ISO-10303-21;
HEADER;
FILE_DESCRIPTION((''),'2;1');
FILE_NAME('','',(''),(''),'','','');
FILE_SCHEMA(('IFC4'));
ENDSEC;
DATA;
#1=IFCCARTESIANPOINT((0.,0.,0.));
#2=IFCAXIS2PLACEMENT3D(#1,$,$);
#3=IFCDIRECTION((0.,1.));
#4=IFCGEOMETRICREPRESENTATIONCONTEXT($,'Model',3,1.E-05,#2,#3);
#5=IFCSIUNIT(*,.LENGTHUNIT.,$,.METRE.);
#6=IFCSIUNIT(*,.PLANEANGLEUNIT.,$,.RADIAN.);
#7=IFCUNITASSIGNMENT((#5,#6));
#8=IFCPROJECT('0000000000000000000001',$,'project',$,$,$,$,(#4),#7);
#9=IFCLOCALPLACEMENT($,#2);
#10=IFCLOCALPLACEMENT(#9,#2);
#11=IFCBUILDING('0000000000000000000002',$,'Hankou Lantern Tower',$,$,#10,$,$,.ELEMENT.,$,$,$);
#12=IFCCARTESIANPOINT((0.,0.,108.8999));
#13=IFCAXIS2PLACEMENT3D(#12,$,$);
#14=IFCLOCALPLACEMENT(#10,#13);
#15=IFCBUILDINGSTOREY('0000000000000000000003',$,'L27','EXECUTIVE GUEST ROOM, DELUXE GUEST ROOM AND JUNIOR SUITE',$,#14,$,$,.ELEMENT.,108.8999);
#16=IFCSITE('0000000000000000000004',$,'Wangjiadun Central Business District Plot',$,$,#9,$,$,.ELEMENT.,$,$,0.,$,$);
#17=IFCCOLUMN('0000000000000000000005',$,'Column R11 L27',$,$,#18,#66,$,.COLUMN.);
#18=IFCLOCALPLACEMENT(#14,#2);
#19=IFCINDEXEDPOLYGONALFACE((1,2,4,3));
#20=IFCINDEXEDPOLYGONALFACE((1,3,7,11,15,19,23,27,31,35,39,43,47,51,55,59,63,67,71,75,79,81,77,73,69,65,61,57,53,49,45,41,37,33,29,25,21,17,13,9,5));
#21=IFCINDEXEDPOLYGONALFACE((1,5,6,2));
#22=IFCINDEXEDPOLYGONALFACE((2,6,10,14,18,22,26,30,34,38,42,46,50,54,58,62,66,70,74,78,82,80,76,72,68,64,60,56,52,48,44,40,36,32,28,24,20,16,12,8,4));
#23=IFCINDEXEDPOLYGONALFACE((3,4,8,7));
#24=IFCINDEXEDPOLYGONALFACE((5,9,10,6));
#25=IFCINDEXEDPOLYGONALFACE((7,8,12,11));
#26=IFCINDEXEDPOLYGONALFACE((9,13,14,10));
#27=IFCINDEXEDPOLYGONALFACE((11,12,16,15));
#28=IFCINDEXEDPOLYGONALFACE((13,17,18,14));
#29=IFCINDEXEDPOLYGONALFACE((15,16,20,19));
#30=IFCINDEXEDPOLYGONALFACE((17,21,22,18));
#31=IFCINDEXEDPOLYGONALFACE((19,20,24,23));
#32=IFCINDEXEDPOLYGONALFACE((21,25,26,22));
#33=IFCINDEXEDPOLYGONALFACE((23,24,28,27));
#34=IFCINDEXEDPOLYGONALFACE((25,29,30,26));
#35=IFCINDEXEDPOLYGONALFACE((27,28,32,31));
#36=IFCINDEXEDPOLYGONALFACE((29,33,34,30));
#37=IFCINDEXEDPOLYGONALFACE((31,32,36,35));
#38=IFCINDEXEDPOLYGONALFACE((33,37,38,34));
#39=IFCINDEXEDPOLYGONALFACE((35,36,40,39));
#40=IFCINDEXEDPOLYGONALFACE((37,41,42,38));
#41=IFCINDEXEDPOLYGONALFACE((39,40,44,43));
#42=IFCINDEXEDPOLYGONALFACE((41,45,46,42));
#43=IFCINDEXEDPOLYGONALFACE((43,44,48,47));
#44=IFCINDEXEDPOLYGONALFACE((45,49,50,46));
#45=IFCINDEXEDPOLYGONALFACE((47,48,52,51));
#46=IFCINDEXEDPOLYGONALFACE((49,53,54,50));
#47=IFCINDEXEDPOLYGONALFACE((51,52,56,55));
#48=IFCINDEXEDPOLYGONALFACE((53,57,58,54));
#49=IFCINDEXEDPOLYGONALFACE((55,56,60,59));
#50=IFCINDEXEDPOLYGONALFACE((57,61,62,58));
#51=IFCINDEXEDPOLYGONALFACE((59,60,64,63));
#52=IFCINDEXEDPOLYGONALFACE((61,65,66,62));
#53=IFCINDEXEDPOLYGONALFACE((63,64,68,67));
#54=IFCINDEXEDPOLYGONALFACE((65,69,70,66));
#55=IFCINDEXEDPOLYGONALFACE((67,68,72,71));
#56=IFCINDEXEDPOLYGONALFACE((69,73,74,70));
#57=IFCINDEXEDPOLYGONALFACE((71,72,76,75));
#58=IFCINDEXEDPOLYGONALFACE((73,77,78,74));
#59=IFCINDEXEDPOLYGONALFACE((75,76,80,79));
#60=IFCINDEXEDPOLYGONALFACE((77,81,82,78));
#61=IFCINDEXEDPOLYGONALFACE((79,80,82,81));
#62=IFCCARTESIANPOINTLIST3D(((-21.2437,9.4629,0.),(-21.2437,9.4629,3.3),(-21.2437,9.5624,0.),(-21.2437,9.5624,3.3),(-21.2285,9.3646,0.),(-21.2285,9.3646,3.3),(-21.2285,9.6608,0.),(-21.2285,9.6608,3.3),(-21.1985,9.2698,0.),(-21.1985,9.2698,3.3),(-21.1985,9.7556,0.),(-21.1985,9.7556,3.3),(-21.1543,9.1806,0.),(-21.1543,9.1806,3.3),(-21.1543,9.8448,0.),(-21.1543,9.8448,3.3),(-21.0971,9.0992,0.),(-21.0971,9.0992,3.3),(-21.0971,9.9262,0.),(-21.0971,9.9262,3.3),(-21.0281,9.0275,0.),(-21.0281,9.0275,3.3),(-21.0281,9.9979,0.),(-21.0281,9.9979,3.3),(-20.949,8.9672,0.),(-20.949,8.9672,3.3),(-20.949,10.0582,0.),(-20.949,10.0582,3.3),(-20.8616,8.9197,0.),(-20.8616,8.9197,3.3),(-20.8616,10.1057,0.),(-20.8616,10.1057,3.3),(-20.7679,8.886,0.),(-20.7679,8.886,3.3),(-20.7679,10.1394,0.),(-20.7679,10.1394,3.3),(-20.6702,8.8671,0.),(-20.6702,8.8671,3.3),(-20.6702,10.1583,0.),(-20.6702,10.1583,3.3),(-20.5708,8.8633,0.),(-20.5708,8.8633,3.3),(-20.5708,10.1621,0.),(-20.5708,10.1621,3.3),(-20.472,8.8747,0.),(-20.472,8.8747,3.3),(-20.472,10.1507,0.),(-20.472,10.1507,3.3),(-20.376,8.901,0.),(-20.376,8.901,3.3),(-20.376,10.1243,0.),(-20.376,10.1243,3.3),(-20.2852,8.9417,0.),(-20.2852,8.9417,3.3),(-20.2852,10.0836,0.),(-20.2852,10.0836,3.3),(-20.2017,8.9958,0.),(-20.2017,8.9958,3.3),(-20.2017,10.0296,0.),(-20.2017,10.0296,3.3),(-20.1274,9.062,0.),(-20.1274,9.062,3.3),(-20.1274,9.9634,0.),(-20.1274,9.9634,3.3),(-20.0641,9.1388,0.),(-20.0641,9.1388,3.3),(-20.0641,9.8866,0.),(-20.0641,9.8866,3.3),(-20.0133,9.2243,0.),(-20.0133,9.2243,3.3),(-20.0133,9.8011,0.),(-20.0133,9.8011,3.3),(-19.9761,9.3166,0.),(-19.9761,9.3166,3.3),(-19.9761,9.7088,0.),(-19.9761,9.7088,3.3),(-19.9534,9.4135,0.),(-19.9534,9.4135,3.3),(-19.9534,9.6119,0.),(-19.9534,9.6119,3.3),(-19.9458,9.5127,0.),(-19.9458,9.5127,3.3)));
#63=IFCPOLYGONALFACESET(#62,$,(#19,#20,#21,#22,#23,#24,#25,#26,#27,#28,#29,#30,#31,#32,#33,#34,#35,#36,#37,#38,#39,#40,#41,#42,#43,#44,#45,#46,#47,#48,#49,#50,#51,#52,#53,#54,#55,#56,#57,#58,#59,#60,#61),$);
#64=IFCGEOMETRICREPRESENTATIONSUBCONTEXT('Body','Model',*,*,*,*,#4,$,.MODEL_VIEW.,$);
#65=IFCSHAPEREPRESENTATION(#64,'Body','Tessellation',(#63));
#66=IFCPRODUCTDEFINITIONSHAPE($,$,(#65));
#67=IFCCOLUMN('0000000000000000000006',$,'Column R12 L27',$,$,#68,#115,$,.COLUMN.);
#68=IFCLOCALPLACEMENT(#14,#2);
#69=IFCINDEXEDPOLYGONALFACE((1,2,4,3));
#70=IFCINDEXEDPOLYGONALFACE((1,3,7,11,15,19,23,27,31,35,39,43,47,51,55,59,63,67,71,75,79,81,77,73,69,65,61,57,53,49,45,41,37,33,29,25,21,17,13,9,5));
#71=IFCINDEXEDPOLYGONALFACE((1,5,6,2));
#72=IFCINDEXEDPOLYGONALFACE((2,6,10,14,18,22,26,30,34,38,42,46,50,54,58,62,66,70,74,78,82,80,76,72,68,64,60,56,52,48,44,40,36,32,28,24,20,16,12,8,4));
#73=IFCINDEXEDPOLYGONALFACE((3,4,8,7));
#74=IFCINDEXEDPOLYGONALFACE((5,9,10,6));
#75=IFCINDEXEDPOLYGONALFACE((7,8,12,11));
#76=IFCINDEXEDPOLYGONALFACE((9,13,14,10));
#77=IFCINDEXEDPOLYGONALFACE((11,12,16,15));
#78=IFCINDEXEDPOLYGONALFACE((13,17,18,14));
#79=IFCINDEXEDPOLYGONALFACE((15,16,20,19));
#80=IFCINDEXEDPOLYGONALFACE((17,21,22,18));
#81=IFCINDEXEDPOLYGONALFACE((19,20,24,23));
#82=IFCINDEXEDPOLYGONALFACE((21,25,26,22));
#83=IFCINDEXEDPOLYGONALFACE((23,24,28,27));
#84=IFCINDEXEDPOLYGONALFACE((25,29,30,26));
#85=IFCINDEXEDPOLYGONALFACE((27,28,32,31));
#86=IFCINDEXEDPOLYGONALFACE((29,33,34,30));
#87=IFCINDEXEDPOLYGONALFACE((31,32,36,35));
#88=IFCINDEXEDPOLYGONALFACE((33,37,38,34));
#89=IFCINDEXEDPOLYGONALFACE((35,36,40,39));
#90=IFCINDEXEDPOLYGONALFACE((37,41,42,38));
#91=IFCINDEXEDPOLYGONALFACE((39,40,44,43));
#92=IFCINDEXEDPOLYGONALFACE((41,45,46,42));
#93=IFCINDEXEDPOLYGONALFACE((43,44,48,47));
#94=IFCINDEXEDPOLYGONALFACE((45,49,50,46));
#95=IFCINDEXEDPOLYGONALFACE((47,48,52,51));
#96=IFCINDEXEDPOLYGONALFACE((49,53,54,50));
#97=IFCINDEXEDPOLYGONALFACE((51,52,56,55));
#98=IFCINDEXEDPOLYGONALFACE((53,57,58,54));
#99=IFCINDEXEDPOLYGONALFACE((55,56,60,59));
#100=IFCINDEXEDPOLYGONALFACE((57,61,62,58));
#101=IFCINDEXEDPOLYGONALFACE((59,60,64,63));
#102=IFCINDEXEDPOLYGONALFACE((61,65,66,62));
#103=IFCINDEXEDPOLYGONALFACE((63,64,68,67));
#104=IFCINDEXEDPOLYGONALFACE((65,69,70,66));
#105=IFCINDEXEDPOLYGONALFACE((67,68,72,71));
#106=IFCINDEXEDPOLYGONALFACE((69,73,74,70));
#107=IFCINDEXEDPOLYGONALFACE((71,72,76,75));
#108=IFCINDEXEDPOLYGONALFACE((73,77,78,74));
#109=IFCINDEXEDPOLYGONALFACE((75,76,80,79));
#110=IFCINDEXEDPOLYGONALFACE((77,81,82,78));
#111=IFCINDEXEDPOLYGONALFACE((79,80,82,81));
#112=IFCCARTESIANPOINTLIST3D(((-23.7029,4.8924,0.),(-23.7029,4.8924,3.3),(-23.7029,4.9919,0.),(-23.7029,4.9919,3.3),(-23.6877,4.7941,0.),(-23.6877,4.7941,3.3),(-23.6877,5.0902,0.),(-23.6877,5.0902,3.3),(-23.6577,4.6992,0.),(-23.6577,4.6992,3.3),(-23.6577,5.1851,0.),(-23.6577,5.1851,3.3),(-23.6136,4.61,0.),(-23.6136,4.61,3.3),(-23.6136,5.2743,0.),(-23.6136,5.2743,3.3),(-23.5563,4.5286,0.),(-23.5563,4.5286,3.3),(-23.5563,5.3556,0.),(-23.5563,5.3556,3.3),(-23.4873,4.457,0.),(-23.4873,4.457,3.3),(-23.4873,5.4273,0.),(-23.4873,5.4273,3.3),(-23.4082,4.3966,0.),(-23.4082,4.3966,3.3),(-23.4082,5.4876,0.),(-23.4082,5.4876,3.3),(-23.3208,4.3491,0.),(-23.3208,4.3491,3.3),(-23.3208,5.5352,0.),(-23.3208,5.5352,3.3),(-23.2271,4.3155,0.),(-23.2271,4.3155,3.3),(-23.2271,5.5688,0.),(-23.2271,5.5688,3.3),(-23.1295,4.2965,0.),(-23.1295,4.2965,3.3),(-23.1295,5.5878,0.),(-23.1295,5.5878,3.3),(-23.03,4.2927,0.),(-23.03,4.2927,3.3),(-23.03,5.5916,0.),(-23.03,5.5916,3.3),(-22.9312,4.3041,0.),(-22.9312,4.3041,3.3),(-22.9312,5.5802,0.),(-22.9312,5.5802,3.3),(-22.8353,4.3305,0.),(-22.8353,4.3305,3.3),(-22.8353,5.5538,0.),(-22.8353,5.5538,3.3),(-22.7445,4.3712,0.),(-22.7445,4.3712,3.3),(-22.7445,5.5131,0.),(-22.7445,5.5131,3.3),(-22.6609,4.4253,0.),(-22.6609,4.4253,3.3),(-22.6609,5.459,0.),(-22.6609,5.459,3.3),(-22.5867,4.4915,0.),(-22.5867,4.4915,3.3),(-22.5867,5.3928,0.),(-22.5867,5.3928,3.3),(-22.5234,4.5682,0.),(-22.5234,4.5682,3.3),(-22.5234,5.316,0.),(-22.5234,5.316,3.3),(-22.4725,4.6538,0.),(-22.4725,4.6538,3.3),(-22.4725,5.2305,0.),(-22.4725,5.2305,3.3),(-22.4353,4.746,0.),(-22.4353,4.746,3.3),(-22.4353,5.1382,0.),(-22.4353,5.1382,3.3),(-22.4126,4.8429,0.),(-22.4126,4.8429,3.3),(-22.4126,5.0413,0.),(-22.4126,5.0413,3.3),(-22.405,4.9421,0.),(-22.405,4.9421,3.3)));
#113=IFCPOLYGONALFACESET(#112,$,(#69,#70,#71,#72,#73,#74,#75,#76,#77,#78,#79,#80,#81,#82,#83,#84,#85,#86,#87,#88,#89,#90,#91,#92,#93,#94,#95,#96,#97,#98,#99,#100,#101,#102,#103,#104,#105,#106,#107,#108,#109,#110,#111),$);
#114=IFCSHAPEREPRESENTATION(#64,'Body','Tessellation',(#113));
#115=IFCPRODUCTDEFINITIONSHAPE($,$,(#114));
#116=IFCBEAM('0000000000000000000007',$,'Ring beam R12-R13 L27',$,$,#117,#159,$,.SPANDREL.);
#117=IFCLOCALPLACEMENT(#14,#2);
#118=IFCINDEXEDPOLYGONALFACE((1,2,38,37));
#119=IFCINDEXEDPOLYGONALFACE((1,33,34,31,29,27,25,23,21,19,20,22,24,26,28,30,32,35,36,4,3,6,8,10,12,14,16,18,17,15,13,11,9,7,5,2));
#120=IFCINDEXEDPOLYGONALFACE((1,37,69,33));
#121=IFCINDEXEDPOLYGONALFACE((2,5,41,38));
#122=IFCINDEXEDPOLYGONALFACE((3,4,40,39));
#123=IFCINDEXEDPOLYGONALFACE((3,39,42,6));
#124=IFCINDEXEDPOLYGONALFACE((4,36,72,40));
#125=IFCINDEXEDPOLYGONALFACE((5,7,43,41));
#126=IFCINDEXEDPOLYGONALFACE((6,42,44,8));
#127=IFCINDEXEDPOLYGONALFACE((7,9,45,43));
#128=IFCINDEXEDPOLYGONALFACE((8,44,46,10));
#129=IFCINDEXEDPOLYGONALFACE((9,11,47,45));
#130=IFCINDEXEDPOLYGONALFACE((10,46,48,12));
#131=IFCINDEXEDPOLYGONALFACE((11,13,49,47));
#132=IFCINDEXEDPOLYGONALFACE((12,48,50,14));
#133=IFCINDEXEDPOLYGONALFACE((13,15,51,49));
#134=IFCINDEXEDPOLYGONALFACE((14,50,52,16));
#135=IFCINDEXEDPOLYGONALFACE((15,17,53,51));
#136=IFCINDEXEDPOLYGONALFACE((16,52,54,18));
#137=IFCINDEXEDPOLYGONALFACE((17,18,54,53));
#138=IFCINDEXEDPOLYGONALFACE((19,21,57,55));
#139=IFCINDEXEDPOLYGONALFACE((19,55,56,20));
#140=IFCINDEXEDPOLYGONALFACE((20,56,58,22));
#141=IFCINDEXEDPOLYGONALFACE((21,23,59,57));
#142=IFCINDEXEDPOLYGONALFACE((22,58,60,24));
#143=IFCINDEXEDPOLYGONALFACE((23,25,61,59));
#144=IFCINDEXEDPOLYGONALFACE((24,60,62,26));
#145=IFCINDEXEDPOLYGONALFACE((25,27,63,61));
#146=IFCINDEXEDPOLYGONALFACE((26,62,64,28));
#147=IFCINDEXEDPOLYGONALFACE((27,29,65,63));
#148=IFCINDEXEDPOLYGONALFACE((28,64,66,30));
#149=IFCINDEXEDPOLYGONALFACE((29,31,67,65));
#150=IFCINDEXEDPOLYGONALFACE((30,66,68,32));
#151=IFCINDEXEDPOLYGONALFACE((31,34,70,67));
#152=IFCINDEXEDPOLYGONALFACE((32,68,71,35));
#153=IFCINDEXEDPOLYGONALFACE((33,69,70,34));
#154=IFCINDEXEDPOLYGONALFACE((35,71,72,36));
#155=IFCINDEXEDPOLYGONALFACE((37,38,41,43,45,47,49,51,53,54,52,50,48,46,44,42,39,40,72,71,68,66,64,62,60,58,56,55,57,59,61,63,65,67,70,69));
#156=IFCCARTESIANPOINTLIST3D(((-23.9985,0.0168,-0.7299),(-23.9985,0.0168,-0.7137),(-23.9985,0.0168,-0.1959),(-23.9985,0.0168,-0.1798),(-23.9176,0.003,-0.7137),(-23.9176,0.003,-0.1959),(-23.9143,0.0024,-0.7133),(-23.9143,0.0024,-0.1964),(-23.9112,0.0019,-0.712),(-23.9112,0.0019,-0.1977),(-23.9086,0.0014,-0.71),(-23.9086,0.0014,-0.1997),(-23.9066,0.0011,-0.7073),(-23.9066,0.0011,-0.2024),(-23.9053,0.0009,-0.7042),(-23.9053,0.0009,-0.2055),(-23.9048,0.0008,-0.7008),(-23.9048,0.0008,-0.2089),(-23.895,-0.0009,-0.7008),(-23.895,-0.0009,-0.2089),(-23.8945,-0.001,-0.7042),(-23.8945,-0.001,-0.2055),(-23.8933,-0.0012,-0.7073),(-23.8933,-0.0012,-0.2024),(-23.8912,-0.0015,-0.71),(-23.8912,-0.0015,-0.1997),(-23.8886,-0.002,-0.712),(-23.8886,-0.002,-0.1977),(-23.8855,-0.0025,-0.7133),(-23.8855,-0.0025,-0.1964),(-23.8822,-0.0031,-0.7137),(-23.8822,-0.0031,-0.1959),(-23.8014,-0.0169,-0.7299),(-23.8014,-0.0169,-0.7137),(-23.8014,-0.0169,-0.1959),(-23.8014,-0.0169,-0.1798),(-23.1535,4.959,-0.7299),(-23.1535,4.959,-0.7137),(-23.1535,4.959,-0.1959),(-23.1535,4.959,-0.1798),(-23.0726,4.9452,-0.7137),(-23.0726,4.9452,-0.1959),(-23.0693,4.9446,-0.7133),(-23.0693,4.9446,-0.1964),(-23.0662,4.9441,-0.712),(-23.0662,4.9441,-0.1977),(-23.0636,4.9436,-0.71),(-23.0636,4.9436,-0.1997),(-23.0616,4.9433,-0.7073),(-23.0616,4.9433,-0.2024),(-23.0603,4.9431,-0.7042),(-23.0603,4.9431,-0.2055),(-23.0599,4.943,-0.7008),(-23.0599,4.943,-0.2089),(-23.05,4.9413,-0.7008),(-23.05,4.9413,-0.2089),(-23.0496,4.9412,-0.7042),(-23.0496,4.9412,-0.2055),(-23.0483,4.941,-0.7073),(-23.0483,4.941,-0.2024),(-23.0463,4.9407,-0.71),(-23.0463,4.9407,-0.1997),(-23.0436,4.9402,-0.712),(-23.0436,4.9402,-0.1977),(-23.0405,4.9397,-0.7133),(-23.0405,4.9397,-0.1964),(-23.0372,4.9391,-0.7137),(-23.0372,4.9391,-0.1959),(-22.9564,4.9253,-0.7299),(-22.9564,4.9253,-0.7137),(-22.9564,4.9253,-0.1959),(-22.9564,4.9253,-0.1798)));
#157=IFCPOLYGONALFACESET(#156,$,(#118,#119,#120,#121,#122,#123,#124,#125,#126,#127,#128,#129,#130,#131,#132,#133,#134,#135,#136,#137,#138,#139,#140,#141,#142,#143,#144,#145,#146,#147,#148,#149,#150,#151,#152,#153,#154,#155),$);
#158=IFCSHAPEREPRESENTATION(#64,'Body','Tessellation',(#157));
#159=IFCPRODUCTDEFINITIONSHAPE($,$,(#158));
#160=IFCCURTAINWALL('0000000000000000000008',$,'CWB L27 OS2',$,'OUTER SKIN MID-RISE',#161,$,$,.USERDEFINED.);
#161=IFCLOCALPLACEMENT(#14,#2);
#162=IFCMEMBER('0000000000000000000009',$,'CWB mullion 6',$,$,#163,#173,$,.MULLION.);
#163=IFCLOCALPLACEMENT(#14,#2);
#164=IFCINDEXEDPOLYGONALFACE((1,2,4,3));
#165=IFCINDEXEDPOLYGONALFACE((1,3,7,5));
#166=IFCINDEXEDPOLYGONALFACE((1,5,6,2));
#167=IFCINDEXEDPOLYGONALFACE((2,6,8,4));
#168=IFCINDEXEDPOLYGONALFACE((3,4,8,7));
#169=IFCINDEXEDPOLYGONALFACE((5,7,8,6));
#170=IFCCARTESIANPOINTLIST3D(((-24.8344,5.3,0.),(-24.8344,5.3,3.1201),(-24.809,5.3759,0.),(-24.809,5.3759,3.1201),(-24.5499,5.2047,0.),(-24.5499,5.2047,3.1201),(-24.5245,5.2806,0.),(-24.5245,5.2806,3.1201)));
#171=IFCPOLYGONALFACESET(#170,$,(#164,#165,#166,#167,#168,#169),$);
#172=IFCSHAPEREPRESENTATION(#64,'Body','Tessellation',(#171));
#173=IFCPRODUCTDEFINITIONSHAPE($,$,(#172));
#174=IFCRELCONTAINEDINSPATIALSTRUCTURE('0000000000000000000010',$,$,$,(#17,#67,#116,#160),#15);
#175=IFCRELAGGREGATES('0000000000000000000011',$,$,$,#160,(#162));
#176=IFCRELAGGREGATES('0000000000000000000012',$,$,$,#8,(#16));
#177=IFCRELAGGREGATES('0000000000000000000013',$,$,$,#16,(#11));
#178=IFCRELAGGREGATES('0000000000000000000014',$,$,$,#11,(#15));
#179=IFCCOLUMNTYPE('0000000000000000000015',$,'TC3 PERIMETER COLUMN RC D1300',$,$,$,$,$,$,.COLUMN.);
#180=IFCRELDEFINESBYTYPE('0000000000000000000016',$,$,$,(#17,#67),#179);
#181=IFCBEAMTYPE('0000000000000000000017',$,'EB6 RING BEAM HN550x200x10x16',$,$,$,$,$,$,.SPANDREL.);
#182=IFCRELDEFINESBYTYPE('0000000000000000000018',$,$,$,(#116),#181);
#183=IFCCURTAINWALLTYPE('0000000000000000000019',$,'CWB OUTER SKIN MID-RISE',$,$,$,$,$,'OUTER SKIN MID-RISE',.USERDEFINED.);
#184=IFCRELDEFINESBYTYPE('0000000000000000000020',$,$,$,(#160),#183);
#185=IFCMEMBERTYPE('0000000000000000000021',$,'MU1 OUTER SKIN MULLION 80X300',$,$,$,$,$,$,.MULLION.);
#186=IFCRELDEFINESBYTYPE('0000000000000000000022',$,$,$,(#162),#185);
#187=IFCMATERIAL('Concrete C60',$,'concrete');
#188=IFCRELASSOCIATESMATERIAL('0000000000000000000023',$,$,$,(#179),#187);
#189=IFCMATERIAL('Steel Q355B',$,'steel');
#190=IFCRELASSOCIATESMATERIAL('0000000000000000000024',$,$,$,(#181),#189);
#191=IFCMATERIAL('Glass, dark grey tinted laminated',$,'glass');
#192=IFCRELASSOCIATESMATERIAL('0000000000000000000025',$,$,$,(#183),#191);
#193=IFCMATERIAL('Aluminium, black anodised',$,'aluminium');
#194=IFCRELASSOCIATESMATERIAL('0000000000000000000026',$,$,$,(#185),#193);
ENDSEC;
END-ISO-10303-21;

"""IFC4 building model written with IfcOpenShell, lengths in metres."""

from ifc_helpers import new_model, si_unit, direction, frame, origin, origin_2d, place, context, subcontext, project, spatial, rectangle, circle, i_section, extrude, material, material_profile, profile_set, type_object, element, aggregate, save


model = new_model("IFC4")

# Units and contexts
model_context = context("Model", 3, precision=1e-05, world=origin(), true_north=direction((0.0, 1.0)))
body_context = subcontext(model_context, "Body", "Model", "MODEL_VIEW")
ifc_project = project(units=[si_unit("LENGTHUNIT", "METRE"), si_unit("PLANEANGLEUNIT", "RADIAN")], contexts=[model_context])

# Site, building, storey
site_placement = place(None, origin())
site = spatial("IfcSite", under=ifc_project, at=site_placement, Name="Wangjiadun Central Business District Plot", CompositionType="ELEMENT", RefElevation=0.0)
building_placement = place(site_placement, origin())
building = spatial("IfcBuilding", under=site, at=building_placement, Name="Hankou Lantern Tower", CompositionType="ELEMENT")
storey_placement = place(building_placement, frame((0.0, 0.0, 108.8999)))
storey = spatial("IfcBuildingStorey", under=building, at=storey_placement, Name="L27", Description="EXECUTIVE GUEST ROOM, DELUXE GUEST ROOM AND JUNIOR SUITE", CompositionType="ELEMENT", Elevation=108.8999)

# Columns
ifc_material_1 = material(Name="Concrete C60", Category="concrete")
ifc_material_profile_1 = material_profile(ifc_material_1, circle(Radius=0.6499, at=origin_2d()), Name="RC D1300")
ifc_profile_set_1 = profile_set([ifc_material_profile_1], Name="Concrete C60")
column_type = type_object("IfcColumnType", Name="TC3 PERIMETER COLUMN RC D1300", PredefinedType="COLUMN", material=ifc_profile_set_1)
for number, where, z_axis, x_axis, name in (
    (1, (-20.5957, 9.5127, 0.0), (0.0, 0.0, 1.0), (1.0, 0.0, 0.0), "Column R11 L27"),
    (2, (-23.0549, 4.9421, 0.0), (0.0, 0.0, 1.0), (1.0, 0.0, 0.0), "Column R12 L27"),
):
    element("IfcColumn", number, at=place(storey_placement, frame(where, z_axis=z_axis, x_axis=x_axis)), inside=storey, type_object=column_type, Name=name, PredefinedType="COLUMN", context=body_context, shape_type="SweptSolid", body=[
        extrude(circle(Radius=0.6499, at=origin_2d()), origin(), (0.0, 0.0, 1.0), 3.3),
    ])

# Beam
ifc_material_2 = material(Name="Steel Q355B", Category="steel")
ifc_material_profile_2 = material_profile(ifc_material_2, i_section(OverallWidth=0.2, OverallDepth=0.55, WebThickness=0.01, FlangeThickness=0.0161, FilletRadius=0.0129, at=origin_2d()), Name="HN550x200x10x16")
ifc_profile_set_2 = profile_set([ifc_material_profile_2], Name="Steel Q355B")
beam_type_1 = type_object("IfcBeamType", Name="EB6 RING BEAM HN550x200x10x16", PredefinedType="SPANDREL", material=ifc_profile_set_2)
beam_1_placement = place(storey_placement, frame((-23.0549, 4.9421, -0.4548), z_axis=(-0.168527, -0.985697, 0.0), x_axis=(0.985697, -0.168527, 0.0)))
element("IfcBeam", 3, at=beam_1_placement, inside=storey, type_object=beam_type_1, Name="Ring beam R12-R13 L27", PredefinedType="SPANDREL", context=body_context, shape_type="SweptSolid", body=[
    extrude(i_section(OverallWidth=0.2, OverallDepth=0.55, WebThickness=0.01, FlangeThickness=0.0161, FilletRadius=0.0129, at=origin_2d()), origin(), (0.0, 0.0, 1.0), 5.0139),
])

# Curtain wall, member
ifc_material_3 = material(Name="Glass, dark grey tinted laminated", Category="glass")
curtain_wall_type = type_object("IfcCurtainWallType", Name="CWB OUTER SKIN MID-RISE", ElementType="OUTER SKIN MID-RISE", PredefinedType="USERDEFINED", material=ifc_material_3)
curtain_wall_placement = place(storey_placement, origin())
curtain_wall = element("IfcCurtainWall", 4, at=curtain_wall_placement, inside=storey, type_object=curtain_wall_type, Name="CWB L27 OS2", ObjectType="OUTER SKIN MID-RISE", PredefinedType="USERDEFINED")
ifc_material_4 = material(Name="Aluminium, black anodised", Category="aluminium")
ifc_material_profile_3 = material_profile(ifc_material_4, rectangle(XDim=0.0801, YDim=0.3, at=origin_2d()), Name="MU1 80X300")
ifc_profile_set_3 = profile_set([ifc_material_profile_3], Name="Aluminium, black anodised")
member_type_1 = type_object("IfcMemberType", Name="MU1 OUTER SKIN MULLION 80X300", PredefinedType="MULLION", material=ifc_profile_set_3)
member_1_placement = place(storey_placement, frame((-24.6794, 5.2903, 0.0), z_axis=(0.0, 0.0, 1.0), x_axis=(-0.317596, -0.948226, 0.0)))
member_1 = element("IfcMember", 5, at=member_1_placement, type_object=member_type_1, Name="CWB mullion 6", PredefinedType="MULLION", context=body_context, shape_type="SweptSolid", body=[
    extrude(rectangle(XDim=0.0801, YDim=0.3, at=origin_2d()), origin(), (0.0, 0.0, 1.0), 3.1201),
])

aggregate(curtain_wall, [member_1])

save(model, "model.ifc")
